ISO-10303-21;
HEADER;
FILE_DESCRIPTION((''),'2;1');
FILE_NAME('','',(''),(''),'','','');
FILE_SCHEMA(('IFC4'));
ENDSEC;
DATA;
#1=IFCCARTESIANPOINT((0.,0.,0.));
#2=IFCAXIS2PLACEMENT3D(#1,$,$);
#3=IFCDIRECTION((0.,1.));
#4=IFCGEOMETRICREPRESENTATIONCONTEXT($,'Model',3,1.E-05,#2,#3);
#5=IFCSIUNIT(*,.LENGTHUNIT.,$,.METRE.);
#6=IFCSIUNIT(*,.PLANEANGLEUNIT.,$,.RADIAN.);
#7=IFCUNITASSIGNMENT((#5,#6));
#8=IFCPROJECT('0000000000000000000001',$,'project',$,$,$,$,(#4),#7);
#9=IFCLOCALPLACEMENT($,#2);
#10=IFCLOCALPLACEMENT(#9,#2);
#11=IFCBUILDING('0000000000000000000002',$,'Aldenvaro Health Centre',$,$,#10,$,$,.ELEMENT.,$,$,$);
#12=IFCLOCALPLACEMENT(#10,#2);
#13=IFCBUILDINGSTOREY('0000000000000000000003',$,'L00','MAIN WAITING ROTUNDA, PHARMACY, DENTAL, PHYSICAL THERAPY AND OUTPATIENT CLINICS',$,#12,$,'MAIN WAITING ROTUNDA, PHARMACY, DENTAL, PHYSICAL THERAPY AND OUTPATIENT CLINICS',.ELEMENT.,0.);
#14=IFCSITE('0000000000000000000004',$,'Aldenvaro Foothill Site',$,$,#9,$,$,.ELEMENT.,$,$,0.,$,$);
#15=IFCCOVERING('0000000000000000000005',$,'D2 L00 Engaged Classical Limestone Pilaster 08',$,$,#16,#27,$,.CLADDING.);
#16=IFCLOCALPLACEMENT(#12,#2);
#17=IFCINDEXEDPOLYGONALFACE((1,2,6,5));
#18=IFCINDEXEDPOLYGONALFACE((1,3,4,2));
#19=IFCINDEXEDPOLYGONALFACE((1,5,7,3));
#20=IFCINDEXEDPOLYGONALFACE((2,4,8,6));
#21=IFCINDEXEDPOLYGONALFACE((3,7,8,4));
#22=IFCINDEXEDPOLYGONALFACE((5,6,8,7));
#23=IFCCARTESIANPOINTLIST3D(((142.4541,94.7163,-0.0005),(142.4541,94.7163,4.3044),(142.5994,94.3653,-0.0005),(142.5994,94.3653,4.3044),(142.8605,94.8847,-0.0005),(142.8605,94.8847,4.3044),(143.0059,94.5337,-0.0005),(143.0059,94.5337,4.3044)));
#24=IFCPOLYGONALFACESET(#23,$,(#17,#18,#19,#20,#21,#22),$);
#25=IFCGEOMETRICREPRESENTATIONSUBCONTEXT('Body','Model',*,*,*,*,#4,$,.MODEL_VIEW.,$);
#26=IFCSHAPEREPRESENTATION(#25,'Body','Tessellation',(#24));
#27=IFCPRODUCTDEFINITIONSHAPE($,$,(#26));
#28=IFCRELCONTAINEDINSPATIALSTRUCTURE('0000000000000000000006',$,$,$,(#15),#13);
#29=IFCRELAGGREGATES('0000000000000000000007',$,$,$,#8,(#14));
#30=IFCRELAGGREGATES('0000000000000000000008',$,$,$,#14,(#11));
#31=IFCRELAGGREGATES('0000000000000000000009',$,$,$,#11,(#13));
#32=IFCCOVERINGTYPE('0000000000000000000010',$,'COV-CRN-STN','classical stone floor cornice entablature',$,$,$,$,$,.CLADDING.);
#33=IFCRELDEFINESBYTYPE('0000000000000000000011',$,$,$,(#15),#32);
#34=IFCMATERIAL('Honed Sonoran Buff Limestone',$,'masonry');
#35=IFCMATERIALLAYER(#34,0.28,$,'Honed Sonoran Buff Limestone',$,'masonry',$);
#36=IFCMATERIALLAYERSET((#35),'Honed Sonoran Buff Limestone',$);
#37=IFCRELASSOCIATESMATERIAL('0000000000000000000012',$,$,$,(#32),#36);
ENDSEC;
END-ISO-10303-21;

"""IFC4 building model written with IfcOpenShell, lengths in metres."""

from ifc_helpers import new_model, si_unit, direction, frame, origin, origin_2d, place, context, subcontext, project, spatial, rectangle, extrude, material, layer, layer_set, type_object, element, save


model = new_model("IFC4")

# Units and contexts
model_context = context("Model", 3, precision=1e-05, world=origin(), true_north=direction((0.0, 1.0)))
body_context = subcontext(model_context, "Body", "Model", "MODEL_VIEW")
ifc_project = project(units=[si_unit("LENGTHUNIT", "METRE"), si_unit("PLANEANGLEUNIT", "RADIAN")], contexts=[model_context])

# Site, building, storey
site_placement = place(None, origin())
site = spatial("IfcSite", under=ifc_project, at=site_placement, Name="Aldenvaro Foothill Site", CompositionType="ELEMENT", RefElevation=0.0)
building_placement = place(site_placement, origin())
building = spatial("IfcBuilding", under=site, at=building_placement, Name="Aldenvaro Health Centre", CompositionType="ELEMENT")
storey_placement = place(building_placement, origin())
storey = spatial("IfcBuildingStorey", under=building, at=storey_placement, Name="L00", Description="MAIN WAITING ROTUNDA, PHARMACY, DENTAL, PHYSICAL THERAPY AND OUTPATIENT CLINICS", LongName="MAIN WAITING ROTUNDA, PHARMACY, DENTAL, PHYSICAL THERAPY AND OUTPATIENT CLINICS", CompositionType="ELEMENT", Elevation=0.0)

# Covering
ifc_material_1 = material(Name="Honed Sonoran Buff Limestone", Category="masonry")
ifc_layer_1 = layer(ifc_material_1, 0.28, Name="Honed Sonoran Buff Limestone", Category="masonry")
ifc_layer_set_1 = layer_set([ifc_layer_1], Name="Honed Sonoran Buff Limestone")
covering_type = type_object("IfcCoveringType", Name="COV-CRN-STN", Description="classical stone floor cornice entablature", PredefinedType="CLADDING", material=ifc_layer_set_1)
covering_1_placement = place(storey_placement, frame((142.73, 94.625, -0.0005), z_axis=(0.0, 0.0, 1.0), x_axis=(-0.923886, -0.382668, 0.0)))
element("IfcCovering", 1, at=covering_1_placement, inside=storey, type_object=covering_type, Name="D2 L00 Engaged Classical Limestone Pilaster 08", PredefinedType="CLADDING", context=body_context, shape_type="SweptSolid", body=[
    extrude(rectangle(XDim=0.4399, YDim=0.3799, at=origin_2d()), origin(), (0.0, 0.0, 1.0), 4.3049),
])

save(model, "model.ifc")
